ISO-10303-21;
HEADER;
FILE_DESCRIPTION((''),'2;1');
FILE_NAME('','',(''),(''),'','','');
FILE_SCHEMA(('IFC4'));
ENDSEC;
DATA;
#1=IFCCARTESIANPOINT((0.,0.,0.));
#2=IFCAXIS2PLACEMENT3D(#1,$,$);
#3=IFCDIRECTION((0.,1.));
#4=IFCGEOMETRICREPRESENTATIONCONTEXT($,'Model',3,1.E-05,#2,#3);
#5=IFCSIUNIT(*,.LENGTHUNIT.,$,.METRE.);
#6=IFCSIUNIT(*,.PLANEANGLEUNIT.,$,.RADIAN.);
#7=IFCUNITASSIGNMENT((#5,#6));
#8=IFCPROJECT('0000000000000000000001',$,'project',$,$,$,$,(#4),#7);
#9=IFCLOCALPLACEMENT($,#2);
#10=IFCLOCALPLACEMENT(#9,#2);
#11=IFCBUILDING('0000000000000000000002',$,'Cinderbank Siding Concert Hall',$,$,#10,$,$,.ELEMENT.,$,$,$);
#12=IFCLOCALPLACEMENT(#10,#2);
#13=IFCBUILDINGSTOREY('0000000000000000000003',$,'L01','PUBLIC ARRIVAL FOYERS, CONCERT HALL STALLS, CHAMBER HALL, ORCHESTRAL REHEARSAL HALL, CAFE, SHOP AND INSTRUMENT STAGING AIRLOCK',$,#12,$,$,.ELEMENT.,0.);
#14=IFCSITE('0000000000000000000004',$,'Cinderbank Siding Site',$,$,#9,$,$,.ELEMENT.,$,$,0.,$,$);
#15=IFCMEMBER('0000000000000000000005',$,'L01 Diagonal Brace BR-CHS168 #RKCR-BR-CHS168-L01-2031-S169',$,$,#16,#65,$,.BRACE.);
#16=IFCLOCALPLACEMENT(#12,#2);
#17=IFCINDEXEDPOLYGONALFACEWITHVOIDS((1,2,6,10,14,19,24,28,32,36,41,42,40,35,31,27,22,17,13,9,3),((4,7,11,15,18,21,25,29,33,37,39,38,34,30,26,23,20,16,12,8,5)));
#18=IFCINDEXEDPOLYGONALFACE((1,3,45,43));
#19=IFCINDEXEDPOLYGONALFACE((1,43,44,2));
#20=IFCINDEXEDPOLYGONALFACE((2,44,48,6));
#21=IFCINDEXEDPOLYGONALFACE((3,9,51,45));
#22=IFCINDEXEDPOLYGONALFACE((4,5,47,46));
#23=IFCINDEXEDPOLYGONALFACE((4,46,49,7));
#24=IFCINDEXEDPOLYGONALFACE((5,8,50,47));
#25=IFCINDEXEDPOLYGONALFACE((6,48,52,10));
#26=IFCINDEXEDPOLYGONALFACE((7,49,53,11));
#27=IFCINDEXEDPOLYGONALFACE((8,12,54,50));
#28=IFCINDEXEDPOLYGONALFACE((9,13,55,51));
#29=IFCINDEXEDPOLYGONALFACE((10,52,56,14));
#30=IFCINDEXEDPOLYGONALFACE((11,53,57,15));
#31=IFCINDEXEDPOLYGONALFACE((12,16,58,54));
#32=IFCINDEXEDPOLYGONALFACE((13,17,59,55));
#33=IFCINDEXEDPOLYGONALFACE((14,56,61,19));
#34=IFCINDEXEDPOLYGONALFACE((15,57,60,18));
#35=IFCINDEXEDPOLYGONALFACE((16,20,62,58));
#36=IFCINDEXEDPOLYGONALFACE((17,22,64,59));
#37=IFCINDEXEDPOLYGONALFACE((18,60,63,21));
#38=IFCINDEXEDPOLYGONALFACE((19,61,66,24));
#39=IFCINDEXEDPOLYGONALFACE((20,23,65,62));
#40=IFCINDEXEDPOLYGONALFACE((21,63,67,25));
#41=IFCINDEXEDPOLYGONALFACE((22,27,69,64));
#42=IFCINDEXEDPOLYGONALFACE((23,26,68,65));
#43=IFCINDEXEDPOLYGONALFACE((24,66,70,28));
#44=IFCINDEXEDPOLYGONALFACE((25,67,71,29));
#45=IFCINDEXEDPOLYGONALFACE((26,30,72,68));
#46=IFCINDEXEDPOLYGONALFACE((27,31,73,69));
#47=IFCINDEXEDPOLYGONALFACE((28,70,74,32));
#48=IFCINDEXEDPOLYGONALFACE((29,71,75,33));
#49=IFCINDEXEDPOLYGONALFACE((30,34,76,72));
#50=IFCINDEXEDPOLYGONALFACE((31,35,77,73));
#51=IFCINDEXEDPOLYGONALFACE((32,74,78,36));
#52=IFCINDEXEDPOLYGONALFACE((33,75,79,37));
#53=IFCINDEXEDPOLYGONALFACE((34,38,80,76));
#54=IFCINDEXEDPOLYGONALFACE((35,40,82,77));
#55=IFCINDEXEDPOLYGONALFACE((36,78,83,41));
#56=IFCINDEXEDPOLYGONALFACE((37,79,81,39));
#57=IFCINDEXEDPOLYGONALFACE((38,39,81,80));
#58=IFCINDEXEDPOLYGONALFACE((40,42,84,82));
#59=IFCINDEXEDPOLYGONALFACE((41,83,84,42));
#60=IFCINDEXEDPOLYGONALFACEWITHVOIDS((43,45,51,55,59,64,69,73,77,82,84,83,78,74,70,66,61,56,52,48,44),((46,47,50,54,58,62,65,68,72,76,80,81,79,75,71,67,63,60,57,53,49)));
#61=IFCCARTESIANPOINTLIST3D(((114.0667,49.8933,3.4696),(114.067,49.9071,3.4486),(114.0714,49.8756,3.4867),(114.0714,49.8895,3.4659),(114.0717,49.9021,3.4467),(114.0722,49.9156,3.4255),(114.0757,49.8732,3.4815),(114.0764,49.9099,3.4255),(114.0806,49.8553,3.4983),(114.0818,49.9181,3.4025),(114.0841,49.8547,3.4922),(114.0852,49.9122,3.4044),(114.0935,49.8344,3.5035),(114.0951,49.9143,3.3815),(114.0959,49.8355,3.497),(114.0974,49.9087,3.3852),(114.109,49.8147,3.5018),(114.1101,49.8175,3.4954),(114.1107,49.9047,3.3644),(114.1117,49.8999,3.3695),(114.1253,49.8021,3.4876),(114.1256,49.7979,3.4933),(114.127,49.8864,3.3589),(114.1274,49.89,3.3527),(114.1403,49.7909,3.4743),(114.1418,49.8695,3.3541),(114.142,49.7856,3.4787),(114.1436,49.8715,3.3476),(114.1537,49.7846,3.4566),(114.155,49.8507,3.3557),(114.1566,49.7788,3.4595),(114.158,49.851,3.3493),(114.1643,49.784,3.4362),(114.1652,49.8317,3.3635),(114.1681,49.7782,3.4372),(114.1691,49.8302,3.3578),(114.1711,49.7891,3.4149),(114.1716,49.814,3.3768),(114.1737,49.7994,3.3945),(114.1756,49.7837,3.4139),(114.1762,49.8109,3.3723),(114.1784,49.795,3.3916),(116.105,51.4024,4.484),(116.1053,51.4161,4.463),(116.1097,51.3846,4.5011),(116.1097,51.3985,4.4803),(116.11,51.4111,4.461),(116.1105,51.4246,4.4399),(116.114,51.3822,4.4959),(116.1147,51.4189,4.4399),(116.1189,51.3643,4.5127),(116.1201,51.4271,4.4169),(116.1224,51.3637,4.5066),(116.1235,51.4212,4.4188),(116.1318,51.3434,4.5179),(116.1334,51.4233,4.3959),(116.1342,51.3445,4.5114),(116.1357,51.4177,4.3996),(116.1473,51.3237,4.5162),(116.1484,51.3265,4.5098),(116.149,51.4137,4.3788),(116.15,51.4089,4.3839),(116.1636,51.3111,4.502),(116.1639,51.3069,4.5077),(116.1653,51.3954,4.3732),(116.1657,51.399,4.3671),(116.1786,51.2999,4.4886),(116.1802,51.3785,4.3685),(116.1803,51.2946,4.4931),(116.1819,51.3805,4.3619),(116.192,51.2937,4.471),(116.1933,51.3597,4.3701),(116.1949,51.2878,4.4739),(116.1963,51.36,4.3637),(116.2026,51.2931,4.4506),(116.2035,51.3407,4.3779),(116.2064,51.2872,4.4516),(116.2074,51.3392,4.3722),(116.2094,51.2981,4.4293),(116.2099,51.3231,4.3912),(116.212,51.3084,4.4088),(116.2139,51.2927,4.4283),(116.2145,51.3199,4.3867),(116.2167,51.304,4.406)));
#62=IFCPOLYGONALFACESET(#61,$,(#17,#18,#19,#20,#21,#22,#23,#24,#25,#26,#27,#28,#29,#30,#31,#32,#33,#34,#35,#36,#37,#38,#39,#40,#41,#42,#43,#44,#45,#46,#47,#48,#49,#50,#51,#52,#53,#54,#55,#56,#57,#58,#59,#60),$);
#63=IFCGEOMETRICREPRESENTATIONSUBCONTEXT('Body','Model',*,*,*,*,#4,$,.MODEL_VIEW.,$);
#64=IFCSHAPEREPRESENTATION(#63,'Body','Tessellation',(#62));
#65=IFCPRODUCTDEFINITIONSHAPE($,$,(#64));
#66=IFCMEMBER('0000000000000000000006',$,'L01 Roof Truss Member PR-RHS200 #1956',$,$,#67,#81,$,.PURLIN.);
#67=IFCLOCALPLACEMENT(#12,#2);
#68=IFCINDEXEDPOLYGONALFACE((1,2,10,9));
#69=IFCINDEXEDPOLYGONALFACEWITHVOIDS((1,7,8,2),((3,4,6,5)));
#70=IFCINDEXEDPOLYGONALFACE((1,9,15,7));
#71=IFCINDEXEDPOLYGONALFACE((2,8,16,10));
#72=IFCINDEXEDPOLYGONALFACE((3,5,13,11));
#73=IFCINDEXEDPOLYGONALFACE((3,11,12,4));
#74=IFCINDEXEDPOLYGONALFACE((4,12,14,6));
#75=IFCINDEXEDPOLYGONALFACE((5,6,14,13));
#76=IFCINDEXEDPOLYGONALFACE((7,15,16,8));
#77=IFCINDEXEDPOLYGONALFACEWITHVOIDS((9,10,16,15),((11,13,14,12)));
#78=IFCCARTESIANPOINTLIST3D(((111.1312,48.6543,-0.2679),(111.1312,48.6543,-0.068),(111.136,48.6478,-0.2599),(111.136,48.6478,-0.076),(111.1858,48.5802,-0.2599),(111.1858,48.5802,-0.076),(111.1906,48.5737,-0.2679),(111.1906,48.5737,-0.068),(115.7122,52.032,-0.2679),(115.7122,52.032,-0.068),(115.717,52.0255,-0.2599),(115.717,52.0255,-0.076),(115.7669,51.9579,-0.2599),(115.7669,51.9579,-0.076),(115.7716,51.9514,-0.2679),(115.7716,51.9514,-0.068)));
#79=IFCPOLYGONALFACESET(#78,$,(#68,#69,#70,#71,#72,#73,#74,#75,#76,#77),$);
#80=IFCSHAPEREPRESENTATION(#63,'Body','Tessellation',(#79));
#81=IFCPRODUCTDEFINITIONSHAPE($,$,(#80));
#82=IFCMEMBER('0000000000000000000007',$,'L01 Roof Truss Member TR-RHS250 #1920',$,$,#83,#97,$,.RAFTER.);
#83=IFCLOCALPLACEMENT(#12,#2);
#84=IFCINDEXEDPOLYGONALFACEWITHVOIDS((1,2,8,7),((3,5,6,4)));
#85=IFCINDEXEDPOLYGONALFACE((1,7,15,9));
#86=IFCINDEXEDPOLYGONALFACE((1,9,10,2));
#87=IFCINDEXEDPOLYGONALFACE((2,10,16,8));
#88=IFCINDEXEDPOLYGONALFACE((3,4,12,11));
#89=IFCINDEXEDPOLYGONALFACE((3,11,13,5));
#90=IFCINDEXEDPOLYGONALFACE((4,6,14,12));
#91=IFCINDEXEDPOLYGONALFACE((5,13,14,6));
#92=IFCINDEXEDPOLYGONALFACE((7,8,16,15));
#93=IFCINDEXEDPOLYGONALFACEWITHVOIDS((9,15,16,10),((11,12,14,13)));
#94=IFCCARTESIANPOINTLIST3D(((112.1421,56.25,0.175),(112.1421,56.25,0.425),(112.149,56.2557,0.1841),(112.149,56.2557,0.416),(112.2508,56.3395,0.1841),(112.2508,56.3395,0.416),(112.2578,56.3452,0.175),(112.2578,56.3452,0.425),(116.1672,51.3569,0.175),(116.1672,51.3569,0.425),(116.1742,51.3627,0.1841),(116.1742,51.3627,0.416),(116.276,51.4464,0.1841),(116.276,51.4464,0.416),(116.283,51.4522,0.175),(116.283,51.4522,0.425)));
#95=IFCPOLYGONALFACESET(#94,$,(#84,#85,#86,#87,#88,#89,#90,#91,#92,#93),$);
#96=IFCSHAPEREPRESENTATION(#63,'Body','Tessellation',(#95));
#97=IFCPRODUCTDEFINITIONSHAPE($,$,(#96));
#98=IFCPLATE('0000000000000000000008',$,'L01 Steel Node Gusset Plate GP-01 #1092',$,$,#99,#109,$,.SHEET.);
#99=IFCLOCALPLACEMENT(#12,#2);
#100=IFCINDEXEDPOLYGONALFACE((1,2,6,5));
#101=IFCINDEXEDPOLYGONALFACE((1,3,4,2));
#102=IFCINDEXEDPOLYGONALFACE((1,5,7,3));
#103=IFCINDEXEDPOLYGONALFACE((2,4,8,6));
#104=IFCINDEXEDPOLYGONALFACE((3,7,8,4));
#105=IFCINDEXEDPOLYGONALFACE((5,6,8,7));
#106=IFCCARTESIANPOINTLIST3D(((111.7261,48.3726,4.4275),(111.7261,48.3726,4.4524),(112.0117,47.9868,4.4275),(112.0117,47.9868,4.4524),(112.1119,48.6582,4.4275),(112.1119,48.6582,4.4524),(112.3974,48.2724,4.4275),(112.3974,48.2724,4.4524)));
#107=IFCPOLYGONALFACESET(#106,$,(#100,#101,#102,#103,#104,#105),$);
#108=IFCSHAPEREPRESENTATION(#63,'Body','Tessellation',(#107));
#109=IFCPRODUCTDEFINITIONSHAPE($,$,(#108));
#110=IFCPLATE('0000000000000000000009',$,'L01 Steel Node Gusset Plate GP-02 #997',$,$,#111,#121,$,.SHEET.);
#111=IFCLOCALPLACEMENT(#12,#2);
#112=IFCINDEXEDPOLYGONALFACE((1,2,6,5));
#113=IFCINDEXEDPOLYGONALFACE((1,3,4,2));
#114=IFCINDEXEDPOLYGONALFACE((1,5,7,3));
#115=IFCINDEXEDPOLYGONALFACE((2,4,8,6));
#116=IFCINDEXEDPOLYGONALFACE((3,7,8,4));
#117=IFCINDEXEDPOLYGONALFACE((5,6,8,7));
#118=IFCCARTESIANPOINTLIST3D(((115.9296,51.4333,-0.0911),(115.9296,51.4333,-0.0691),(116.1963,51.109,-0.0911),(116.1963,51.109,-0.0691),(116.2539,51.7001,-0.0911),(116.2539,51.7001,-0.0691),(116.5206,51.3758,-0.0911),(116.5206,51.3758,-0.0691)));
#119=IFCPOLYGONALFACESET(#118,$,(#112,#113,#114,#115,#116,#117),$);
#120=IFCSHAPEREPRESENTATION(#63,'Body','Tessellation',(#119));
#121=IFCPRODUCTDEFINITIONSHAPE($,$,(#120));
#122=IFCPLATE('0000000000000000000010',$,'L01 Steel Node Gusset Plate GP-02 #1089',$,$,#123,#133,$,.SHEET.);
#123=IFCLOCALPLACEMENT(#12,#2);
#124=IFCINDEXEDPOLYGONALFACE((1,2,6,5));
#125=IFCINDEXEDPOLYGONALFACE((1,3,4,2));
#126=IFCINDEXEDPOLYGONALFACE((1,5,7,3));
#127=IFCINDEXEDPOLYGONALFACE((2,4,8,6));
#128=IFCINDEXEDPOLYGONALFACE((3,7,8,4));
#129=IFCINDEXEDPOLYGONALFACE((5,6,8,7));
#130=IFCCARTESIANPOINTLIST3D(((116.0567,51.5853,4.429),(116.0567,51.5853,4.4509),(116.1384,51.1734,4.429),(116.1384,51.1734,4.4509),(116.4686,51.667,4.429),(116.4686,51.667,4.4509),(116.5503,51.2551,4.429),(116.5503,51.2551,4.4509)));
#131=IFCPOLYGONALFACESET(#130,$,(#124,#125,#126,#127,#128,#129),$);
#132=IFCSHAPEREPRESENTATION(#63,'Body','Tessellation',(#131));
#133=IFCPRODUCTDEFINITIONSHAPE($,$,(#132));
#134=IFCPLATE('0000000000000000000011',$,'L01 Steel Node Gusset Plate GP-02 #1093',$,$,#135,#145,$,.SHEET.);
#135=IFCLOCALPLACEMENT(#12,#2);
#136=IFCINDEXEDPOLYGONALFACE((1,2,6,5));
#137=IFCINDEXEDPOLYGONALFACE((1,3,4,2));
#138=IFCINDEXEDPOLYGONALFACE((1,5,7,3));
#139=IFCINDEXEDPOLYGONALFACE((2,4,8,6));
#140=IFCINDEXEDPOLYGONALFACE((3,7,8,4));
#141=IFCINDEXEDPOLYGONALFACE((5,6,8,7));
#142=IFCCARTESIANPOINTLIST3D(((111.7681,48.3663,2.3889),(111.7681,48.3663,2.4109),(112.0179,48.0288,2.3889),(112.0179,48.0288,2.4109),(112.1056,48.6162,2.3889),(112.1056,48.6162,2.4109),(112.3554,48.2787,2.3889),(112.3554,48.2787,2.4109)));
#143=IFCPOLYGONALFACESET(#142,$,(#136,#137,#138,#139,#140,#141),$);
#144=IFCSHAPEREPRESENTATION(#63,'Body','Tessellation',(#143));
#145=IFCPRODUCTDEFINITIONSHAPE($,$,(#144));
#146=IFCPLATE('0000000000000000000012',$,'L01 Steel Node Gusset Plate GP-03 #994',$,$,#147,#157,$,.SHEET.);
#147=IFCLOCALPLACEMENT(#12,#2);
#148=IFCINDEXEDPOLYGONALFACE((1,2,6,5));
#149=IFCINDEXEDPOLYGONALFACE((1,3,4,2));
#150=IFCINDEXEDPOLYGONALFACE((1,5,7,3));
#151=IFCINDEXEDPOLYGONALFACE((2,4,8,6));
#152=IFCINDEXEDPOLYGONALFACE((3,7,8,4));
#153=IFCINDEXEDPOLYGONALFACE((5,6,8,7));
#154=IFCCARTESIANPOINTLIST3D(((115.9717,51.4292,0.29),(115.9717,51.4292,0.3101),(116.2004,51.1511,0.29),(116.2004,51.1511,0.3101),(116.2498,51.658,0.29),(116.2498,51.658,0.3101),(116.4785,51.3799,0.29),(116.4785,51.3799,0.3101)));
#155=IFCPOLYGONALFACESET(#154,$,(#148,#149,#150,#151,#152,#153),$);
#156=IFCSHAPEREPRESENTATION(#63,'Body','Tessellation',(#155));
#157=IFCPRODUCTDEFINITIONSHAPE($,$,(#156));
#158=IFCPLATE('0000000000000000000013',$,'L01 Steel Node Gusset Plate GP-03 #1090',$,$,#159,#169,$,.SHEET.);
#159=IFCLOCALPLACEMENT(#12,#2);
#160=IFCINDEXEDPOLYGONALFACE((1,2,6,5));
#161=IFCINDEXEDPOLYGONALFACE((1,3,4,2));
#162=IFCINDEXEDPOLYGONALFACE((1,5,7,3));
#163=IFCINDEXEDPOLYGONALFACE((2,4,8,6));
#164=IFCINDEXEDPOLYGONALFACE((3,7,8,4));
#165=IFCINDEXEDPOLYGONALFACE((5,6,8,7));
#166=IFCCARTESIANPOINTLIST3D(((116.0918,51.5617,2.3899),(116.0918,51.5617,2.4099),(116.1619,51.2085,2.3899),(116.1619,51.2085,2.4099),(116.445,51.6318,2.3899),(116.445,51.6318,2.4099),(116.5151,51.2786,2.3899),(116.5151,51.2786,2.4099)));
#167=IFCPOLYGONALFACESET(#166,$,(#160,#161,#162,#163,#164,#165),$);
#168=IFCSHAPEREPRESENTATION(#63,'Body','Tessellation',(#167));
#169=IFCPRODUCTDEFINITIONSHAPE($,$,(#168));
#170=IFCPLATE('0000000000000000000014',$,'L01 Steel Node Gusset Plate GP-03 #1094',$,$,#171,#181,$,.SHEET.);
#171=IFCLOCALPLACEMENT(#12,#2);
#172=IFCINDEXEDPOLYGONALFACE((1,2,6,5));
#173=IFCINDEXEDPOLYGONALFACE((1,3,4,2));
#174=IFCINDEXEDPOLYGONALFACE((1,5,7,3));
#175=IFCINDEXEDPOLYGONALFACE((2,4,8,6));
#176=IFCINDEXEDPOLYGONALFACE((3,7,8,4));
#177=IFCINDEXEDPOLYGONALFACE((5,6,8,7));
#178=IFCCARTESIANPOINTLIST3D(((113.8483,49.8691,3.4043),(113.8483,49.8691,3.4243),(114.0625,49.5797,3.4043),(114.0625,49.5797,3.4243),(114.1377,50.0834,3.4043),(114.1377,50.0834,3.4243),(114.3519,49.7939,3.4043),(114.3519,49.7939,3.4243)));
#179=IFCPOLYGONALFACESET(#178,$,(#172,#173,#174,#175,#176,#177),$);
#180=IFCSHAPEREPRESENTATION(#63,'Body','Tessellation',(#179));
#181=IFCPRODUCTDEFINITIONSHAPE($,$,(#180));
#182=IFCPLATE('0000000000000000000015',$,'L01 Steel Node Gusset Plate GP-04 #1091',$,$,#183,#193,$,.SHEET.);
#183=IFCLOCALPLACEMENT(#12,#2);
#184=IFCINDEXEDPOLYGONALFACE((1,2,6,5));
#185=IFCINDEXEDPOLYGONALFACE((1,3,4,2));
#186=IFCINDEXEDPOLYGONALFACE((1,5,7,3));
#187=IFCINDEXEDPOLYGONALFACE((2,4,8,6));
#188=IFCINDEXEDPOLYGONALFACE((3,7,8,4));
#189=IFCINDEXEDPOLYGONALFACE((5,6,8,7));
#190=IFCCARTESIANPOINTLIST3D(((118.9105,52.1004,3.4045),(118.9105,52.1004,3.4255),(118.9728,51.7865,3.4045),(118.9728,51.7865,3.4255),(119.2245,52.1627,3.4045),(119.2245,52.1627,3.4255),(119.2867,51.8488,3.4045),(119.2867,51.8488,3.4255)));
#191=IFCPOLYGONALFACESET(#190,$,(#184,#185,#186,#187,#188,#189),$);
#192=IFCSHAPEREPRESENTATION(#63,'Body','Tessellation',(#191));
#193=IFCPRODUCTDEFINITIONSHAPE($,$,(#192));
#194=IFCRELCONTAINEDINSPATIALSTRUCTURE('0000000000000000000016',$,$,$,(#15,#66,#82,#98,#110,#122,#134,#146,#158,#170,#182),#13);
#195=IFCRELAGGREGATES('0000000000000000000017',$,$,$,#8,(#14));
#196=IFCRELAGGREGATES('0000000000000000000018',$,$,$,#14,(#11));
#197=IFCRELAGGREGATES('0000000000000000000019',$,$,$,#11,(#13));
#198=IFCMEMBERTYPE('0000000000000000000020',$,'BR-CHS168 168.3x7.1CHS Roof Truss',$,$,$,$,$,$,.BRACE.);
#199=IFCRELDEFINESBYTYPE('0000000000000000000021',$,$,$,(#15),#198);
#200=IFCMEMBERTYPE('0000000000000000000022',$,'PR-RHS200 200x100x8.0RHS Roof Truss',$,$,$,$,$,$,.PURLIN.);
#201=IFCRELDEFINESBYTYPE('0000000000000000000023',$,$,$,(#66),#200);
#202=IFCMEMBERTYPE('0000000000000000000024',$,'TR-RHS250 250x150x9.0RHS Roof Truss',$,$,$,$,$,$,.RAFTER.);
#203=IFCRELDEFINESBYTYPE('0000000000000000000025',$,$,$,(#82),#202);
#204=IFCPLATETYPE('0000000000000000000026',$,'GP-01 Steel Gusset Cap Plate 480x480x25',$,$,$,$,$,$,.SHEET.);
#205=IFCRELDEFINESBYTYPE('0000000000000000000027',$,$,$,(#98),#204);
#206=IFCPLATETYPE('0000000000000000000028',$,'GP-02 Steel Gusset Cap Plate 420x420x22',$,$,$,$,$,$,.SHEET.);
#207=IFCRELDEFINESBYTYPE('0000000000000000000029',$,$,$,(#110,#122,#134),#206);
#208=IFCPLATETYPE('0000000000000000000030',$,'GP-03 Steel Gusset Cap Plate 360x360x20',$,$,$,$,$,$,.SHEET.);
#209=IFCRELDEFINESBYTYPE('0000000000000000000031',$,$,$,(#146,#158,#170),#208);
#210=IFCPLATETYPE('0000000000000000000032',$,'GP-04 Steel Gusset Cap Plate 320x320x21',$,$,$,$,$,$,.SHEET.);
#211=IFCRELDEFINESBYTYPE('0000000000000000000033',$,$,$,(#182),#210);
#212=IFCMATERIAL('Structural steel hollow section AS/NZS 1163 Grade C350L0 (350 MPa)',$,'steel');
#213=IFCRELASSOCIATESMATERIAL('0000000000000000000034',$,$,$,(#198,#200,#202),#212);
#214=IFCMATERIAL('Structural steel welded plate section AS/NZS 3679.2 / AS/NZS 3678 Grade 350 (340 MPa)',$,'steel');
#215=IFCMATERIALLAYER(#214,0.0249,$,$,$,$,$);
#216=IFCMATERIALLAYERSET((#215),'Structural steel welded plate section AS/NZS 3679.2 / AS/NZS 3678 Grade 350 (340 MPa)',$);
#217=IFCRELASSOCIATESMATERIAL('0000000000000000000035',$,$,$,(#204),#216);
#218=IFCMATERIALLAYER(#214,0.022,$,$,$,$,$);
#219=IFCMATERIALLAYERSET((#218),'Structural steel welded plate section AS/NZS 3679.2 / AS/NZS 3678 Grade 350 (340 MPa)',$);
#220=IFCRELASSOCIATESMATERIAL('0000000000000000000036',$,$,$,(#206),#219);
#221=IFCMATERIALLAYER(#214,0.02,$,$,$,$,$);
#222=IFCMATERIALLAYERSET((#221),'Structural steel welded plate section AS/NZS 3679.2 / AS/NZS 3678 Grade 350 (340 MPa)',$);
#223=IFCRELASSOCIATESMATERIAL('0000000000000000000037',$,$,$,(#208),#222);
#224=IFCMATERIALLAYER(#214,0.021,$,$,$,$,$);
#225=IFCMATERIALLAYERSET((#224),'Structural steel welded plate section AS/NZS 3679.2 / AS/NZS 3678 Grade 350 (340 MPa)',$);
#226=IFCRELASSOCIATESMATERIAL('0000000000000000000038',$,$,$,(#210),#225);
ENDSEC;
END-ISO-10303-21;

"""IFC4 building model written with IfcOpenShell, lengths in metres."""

from ifc_helpers import new_model, si_unit, direction, frame, origin, origin_2d, place, context, subcontext, project, spatial, rectangle, hollow_rectangle, hollow_circle, extrude, material, layer, layer_set, material_profile, profile_set, type_object, element, save


model = new_model("IFC4")

# Units and contexts
model_context = context("Model", 3, precision=1e-05, world=origin(), true_north=direction((0.0, 1.0)))
body_context = subcontext(model_context, "Body", "Model", "MODEL_VIEW")
ifc_project = project(units=[si_unit("LENGTHUNIT", "METRE"), si_unit("PLANEANGLEUNIT", "RADIAN")], contexts=[model_context])

# Site, building, storey
site_placement = place(None, origin())
site = spatial("IfcSite", under=ifc_project, at=site_placement, Name="Cinderbank Siding Site", CompositionType="ELEMENT", RefElevation=0.0)
building_placement = place(site_placement, origin())
building = spatial("IfcBuilding", under=site, at=building_placement, Name="Cinderbank Siding Concert Hall", CompositionType="ELEMENT")
storey_placement = place(building_placement, origin())
storey = spatial("IfcBuildingStorey", under=building, at=storey_placement, Name="L01", Description="PUBLIC ARRIVAL FOYERS, CONCERT HALL STALLS, CHAMBER HALL, ORCHESTRAL REHEARSAL HALL, CAFE, SHOP AND INSTRUMENT STAGING AIRLOCK", CompositionType="ELEMENT", Elevation=0.0)

# Members
ifc_material_1 = material(Name="Structural steel hollow section AS/NZS 1163 Grade C350L0 (350 MPa)", Category="steel")
ifc_material_profile_1 = material_profile(ifc_material_1, hollow_circle(Radius=0.0842, WallThickness=0.0071, at=origin_2d()), Name="168.3x7.1CHS", Category="LoadBearing")
ifc_profile_set_1 = profile_set([ifc_material_profile_1], Name="Structural steel hollow section AS/NZS 1163 Grade C350L0 (350 MPa)")
member_type_1 = type_object("IfcMemberType", Name="BR-CHS168 168.3x7.1CHS Roof Truss", PredefinedType="BRACE", material=ifc_profile_set_1)
for number, where, z_axis, x_axis, name in (
    (1, (114.1223, 49.8479, 3.4255), (0.746236, 0.55246, 0.371375), (-0.595013, 0.803716, 0.0), "L01 Diagonal Brace BR-CHS168 #RKCR-BR-CHS168-L01-2031-S169"),
):
    element("IfcMember", number, at=place(storey_placement, frame(where, z_axis=z_axis, x_axis=x_axis)), inside=storey, type_object=member_type_1, Name=name, PredefinedType="BRACE", context=body_context, shape_type="SweptSolid", body=[
        extrude(hollow_circle(Radius=0.0842, WallThickness=0.0071, at=origin_2d()), origin(), (0.0, 0.0, 1.0), 2.7314),
    ])
ifc_material_profile_2 = material_profile(ifc_material_1, hollow_rectangle(XDim=0.1001, YDim=0.2, WallThickness=0.0081, at=origin_2d()), Name="200x100x8.0RHS", Category="LoadBearing")
ifc_profile_set_2 = profile_set([ifc_material_profile_2], Name="Structural steel hollow section AS/NZS 1163 Grade C350L0 (350 MPa)")
member_type_2 = type_object("IfcMemberType", Name="PR-RHS200 200x100x8.0RHS Roof Truss", PredefinedType="PURLIN", material=ifc_profile_set_2)
member_1_placement = place(storey_placement, frame((115.7419, 51.9917, -0.168), z_axis=(-0.804874, -0.593446, 0.0), x_axis=(0.593446, -0.804874, 0.0)))
element("IfcMember", 2, at=member_1_placement, inside=storey, type_object=member_type_2, Name="L01 Roof Truss Member PR-RHS200 #1956", PredefinedType="PURLIN", context=body_context, shape_type="SweptSolid", body=[
    extrude(hollow_rectangle(XDim=0.1001, YDim=0.2, WallThickness=0.0081, at=origin_2d()), origin(), (0.0, 0.0, 1.0), 5.6917),
])
ifc_material_profile_3 = material_profile(ifc_material_1, hollow_rectangle(XDim=0.1499, YDim=0.25, WallThickness=0.009, at=origin_2d()), Name="250x150x9.0RHS", Category="LoadBearing")
ifc_profile_set_3 = profile_set([ifc_material_profile_3], Name="Structural steel hollow section AS/NZS 1163 Grade C350L0 (350 MPa)")
member_type_3 = type_object("IfcMemberType", Name="TR-RHS250 250x150x9.0RHS Roof Truss", PredefinedType="RAFTER", material=ifc_profile_set_3)
member_2_placement = place(storey_placement, frame((116.2251, 51.4045, 0.3), z_axis=(-0.63529, 0.772274, 0.0), x_axis=(-0.772274, -0.63529, 0.0)))
element("IfcMember", 3, at=member_2_placement, inside=storey, type_object=member_type_3, Name="L01 Roof Truss Member TR-RHS250 #1920", PredefinedType="RAFTER", context=body_context, shape_type="SweptSolid", body=[
    extrude(hollow_rectangle(XDim=0.1499, YDim=0.25, WallThickness=0.009, at=origin_2d()), origin(), (0.0, 0.0, 1.0), 6.3359),
])

# Plates
ifc_material_2 = material(Name="Structural steel welded plate section AS/NZS 3679.2 / AS/NZS 3678 Grade 350 (340 MPa)", Category="steel")
ifc_layer_1 = layer(ifc_material_2, 0.0249)
ifc_layer_set_1 = layer_set([ifc_layer_1], Name="Structural steel welded plate section AS/NZS 3679.2 / AS/NZS 3678 Grade 350 (340 MPa)")
plate_type_1 = type_object("IfcPlateType", Name="GP-01 Steel Gusset Cap Plate 480x480x25", PredefinedType="SHEET", material=ifc_layer_set_1)
plate_1_placement = place(storey_placement, frame((112.0618, 48.3225, 4.4275), z_axis=(0.0, 0.0, 1.0), x_axis=(-0.803753, -0.594963, 0.0)))
element("IfcPlate", 4, at=plate_1_placement, inside=storey, type_object=plate_type_1, Name="L01 Steel Node Gusset Plate GP-01 #1092", PredefinedType="SHEET", context=body_context, shape_type="SweptSolid", body=[
    extrude(rectangle(XDim=0.48, YDim=0.48, at=origin_2d()), origin(), (0.0, 0.0, 1.0), 0.0249),
])
ifc_layer_2 = layer(ifc_material_2, 0.022)
ifc_layer_set_2 = layer_set([ifc_layer_2], Name="Structural steel welded plate section AS/NZS 3679.2 / AS/NZS 3678 Grade 350 (340 MPa)")
plate_type_2 = type_object("IfcPlateType", Name="GP-02 Steel Gusset Cap Plate 420x420x22", PredefinedType="SHEET", material=ifc_layer_set_2)
for number, where, z_axis, x_axis, name in (
    (5, (116.2251, 51.4045, -0.0911), (0.0, 0.0, 1.0), (0.63527, -0.77229, 0.0), "L01 Steel Node Gusset Plate GP-02 #997"),
    (6, (116.3035, 51.4202, 4.429), (0.0, 0.0, 1.0), (-0.980887, -0.194577, 0.0), "L01 Steel Node Gusset Plate GP-02 #1089"),
    (7, (112.0618, 48.3225, 2.3889), (0.0, 0.0, 1.0), (0.803753, 0.594963, 0.0), "L01 Steel Node Gusset Plate GP-02 #1093"),
):
    element("IfcPlate", number, at=place(storey_placement, frame(where, z_axis=z_axis, x_axis=x_axis)), inside=storey, type_object=plate_type_2, Name=name, PredefinedType="SHEET", context=body_context, shape_type="SweptSolid", body=[
        extrude(rectangle(XDim=0.4199, YDim=0.4199, at=origin_2d()), origin(), (0.0, 0.0, 1.0), 0.022),
    ])
ifc_layer_3 = layer(ifc_material_2, 0.02)
ifc_layer_set_3 = layer_set([ifc_layer_3], Name="Structural steel welded plate section AS/NZS 3679.2 / AS/NZS 3678 Grade 350 (340 MPa)")
plate_type_3 = type_object("IfcPlateType", Name="GP-03 Steel Gusset Cap Plate 360x360x20", PredefinedType="SHEET", material=ifc_layer_set_3)
for number, where, z_axis, x_axis, name in (
    (8, (116.2251, 51.4045, 0.29), (0.0, 0.0, 1.0), (-0.63527, 0.77229, 0.0), "L01 Steel Node Gusset Plate GP-03 #994"),
    (9, (116.3035, 51.4202, 2.3899), (0.0, 0.0, 1.0), (0.980887, 0.194577, 0.0), "L01 Steel Node Gusset Plate GP-03 #1090"),
    (10, (114.1001, 49.8315, 3.4043), (0.0, 0.0, 1.0), (0.803753, 0.594963, 0.0), "L01 Steel Node Gusset Plate GP-03 #1094"),
):
    element("IfcPlate", number, at=place(storey_placement, frame(where, z_axis=z_axis, x_axis=x_axis)), inside=storey, type_object=plate_type_3, Name=name, PredefinedType="SHEET", context=body_context, shape_type="SweptSolid", body=[
        extrude(rectangle(XDim=0.3601, YDim=0.3601, at=origin_2d()), origin(), (0.0, 0.0, 1.0), 0.02),
    ])
ifc_layer_4 = layer(ifc_material_2, 0.021)
ifc_layer_set_4 = layer_set([ifc_layer_4], Name="Structural steel welded plate section AS/NZS 3679.2 / AS/NZS 3678 Grade 350 (340 MPa)")
plate_type_4 = type_object("IfcPlateType", Name="GP-04 Steel Gusset Cap Plate 320x320x21", PredefinedType="SHEET", material=ifc_layer_set_4)
plate_2_placement = place(storey_placement, frame((119.0986, 51.9746, 3.4045), z_axis=(0.0, 0.0, 1.0), x_axis=(0.980887, 0.194577, 0.0)))
element("IfcPlate", 11, at=plate_2_placement, inside=storey, type_object=plate_type_4, Name="L01 Steel Node Gusset Plate GP-04 #1091", PredefinedType="SHEET", context=body_context, shape_type="SweptSolid", body=[
    extrude(rectangle(XDim=0.3201, YDim=0.3201, at=origin_2d()), origin(), (0.0, 0.0, 1.0), 0.021),
])

save(model, "model.ifc")
